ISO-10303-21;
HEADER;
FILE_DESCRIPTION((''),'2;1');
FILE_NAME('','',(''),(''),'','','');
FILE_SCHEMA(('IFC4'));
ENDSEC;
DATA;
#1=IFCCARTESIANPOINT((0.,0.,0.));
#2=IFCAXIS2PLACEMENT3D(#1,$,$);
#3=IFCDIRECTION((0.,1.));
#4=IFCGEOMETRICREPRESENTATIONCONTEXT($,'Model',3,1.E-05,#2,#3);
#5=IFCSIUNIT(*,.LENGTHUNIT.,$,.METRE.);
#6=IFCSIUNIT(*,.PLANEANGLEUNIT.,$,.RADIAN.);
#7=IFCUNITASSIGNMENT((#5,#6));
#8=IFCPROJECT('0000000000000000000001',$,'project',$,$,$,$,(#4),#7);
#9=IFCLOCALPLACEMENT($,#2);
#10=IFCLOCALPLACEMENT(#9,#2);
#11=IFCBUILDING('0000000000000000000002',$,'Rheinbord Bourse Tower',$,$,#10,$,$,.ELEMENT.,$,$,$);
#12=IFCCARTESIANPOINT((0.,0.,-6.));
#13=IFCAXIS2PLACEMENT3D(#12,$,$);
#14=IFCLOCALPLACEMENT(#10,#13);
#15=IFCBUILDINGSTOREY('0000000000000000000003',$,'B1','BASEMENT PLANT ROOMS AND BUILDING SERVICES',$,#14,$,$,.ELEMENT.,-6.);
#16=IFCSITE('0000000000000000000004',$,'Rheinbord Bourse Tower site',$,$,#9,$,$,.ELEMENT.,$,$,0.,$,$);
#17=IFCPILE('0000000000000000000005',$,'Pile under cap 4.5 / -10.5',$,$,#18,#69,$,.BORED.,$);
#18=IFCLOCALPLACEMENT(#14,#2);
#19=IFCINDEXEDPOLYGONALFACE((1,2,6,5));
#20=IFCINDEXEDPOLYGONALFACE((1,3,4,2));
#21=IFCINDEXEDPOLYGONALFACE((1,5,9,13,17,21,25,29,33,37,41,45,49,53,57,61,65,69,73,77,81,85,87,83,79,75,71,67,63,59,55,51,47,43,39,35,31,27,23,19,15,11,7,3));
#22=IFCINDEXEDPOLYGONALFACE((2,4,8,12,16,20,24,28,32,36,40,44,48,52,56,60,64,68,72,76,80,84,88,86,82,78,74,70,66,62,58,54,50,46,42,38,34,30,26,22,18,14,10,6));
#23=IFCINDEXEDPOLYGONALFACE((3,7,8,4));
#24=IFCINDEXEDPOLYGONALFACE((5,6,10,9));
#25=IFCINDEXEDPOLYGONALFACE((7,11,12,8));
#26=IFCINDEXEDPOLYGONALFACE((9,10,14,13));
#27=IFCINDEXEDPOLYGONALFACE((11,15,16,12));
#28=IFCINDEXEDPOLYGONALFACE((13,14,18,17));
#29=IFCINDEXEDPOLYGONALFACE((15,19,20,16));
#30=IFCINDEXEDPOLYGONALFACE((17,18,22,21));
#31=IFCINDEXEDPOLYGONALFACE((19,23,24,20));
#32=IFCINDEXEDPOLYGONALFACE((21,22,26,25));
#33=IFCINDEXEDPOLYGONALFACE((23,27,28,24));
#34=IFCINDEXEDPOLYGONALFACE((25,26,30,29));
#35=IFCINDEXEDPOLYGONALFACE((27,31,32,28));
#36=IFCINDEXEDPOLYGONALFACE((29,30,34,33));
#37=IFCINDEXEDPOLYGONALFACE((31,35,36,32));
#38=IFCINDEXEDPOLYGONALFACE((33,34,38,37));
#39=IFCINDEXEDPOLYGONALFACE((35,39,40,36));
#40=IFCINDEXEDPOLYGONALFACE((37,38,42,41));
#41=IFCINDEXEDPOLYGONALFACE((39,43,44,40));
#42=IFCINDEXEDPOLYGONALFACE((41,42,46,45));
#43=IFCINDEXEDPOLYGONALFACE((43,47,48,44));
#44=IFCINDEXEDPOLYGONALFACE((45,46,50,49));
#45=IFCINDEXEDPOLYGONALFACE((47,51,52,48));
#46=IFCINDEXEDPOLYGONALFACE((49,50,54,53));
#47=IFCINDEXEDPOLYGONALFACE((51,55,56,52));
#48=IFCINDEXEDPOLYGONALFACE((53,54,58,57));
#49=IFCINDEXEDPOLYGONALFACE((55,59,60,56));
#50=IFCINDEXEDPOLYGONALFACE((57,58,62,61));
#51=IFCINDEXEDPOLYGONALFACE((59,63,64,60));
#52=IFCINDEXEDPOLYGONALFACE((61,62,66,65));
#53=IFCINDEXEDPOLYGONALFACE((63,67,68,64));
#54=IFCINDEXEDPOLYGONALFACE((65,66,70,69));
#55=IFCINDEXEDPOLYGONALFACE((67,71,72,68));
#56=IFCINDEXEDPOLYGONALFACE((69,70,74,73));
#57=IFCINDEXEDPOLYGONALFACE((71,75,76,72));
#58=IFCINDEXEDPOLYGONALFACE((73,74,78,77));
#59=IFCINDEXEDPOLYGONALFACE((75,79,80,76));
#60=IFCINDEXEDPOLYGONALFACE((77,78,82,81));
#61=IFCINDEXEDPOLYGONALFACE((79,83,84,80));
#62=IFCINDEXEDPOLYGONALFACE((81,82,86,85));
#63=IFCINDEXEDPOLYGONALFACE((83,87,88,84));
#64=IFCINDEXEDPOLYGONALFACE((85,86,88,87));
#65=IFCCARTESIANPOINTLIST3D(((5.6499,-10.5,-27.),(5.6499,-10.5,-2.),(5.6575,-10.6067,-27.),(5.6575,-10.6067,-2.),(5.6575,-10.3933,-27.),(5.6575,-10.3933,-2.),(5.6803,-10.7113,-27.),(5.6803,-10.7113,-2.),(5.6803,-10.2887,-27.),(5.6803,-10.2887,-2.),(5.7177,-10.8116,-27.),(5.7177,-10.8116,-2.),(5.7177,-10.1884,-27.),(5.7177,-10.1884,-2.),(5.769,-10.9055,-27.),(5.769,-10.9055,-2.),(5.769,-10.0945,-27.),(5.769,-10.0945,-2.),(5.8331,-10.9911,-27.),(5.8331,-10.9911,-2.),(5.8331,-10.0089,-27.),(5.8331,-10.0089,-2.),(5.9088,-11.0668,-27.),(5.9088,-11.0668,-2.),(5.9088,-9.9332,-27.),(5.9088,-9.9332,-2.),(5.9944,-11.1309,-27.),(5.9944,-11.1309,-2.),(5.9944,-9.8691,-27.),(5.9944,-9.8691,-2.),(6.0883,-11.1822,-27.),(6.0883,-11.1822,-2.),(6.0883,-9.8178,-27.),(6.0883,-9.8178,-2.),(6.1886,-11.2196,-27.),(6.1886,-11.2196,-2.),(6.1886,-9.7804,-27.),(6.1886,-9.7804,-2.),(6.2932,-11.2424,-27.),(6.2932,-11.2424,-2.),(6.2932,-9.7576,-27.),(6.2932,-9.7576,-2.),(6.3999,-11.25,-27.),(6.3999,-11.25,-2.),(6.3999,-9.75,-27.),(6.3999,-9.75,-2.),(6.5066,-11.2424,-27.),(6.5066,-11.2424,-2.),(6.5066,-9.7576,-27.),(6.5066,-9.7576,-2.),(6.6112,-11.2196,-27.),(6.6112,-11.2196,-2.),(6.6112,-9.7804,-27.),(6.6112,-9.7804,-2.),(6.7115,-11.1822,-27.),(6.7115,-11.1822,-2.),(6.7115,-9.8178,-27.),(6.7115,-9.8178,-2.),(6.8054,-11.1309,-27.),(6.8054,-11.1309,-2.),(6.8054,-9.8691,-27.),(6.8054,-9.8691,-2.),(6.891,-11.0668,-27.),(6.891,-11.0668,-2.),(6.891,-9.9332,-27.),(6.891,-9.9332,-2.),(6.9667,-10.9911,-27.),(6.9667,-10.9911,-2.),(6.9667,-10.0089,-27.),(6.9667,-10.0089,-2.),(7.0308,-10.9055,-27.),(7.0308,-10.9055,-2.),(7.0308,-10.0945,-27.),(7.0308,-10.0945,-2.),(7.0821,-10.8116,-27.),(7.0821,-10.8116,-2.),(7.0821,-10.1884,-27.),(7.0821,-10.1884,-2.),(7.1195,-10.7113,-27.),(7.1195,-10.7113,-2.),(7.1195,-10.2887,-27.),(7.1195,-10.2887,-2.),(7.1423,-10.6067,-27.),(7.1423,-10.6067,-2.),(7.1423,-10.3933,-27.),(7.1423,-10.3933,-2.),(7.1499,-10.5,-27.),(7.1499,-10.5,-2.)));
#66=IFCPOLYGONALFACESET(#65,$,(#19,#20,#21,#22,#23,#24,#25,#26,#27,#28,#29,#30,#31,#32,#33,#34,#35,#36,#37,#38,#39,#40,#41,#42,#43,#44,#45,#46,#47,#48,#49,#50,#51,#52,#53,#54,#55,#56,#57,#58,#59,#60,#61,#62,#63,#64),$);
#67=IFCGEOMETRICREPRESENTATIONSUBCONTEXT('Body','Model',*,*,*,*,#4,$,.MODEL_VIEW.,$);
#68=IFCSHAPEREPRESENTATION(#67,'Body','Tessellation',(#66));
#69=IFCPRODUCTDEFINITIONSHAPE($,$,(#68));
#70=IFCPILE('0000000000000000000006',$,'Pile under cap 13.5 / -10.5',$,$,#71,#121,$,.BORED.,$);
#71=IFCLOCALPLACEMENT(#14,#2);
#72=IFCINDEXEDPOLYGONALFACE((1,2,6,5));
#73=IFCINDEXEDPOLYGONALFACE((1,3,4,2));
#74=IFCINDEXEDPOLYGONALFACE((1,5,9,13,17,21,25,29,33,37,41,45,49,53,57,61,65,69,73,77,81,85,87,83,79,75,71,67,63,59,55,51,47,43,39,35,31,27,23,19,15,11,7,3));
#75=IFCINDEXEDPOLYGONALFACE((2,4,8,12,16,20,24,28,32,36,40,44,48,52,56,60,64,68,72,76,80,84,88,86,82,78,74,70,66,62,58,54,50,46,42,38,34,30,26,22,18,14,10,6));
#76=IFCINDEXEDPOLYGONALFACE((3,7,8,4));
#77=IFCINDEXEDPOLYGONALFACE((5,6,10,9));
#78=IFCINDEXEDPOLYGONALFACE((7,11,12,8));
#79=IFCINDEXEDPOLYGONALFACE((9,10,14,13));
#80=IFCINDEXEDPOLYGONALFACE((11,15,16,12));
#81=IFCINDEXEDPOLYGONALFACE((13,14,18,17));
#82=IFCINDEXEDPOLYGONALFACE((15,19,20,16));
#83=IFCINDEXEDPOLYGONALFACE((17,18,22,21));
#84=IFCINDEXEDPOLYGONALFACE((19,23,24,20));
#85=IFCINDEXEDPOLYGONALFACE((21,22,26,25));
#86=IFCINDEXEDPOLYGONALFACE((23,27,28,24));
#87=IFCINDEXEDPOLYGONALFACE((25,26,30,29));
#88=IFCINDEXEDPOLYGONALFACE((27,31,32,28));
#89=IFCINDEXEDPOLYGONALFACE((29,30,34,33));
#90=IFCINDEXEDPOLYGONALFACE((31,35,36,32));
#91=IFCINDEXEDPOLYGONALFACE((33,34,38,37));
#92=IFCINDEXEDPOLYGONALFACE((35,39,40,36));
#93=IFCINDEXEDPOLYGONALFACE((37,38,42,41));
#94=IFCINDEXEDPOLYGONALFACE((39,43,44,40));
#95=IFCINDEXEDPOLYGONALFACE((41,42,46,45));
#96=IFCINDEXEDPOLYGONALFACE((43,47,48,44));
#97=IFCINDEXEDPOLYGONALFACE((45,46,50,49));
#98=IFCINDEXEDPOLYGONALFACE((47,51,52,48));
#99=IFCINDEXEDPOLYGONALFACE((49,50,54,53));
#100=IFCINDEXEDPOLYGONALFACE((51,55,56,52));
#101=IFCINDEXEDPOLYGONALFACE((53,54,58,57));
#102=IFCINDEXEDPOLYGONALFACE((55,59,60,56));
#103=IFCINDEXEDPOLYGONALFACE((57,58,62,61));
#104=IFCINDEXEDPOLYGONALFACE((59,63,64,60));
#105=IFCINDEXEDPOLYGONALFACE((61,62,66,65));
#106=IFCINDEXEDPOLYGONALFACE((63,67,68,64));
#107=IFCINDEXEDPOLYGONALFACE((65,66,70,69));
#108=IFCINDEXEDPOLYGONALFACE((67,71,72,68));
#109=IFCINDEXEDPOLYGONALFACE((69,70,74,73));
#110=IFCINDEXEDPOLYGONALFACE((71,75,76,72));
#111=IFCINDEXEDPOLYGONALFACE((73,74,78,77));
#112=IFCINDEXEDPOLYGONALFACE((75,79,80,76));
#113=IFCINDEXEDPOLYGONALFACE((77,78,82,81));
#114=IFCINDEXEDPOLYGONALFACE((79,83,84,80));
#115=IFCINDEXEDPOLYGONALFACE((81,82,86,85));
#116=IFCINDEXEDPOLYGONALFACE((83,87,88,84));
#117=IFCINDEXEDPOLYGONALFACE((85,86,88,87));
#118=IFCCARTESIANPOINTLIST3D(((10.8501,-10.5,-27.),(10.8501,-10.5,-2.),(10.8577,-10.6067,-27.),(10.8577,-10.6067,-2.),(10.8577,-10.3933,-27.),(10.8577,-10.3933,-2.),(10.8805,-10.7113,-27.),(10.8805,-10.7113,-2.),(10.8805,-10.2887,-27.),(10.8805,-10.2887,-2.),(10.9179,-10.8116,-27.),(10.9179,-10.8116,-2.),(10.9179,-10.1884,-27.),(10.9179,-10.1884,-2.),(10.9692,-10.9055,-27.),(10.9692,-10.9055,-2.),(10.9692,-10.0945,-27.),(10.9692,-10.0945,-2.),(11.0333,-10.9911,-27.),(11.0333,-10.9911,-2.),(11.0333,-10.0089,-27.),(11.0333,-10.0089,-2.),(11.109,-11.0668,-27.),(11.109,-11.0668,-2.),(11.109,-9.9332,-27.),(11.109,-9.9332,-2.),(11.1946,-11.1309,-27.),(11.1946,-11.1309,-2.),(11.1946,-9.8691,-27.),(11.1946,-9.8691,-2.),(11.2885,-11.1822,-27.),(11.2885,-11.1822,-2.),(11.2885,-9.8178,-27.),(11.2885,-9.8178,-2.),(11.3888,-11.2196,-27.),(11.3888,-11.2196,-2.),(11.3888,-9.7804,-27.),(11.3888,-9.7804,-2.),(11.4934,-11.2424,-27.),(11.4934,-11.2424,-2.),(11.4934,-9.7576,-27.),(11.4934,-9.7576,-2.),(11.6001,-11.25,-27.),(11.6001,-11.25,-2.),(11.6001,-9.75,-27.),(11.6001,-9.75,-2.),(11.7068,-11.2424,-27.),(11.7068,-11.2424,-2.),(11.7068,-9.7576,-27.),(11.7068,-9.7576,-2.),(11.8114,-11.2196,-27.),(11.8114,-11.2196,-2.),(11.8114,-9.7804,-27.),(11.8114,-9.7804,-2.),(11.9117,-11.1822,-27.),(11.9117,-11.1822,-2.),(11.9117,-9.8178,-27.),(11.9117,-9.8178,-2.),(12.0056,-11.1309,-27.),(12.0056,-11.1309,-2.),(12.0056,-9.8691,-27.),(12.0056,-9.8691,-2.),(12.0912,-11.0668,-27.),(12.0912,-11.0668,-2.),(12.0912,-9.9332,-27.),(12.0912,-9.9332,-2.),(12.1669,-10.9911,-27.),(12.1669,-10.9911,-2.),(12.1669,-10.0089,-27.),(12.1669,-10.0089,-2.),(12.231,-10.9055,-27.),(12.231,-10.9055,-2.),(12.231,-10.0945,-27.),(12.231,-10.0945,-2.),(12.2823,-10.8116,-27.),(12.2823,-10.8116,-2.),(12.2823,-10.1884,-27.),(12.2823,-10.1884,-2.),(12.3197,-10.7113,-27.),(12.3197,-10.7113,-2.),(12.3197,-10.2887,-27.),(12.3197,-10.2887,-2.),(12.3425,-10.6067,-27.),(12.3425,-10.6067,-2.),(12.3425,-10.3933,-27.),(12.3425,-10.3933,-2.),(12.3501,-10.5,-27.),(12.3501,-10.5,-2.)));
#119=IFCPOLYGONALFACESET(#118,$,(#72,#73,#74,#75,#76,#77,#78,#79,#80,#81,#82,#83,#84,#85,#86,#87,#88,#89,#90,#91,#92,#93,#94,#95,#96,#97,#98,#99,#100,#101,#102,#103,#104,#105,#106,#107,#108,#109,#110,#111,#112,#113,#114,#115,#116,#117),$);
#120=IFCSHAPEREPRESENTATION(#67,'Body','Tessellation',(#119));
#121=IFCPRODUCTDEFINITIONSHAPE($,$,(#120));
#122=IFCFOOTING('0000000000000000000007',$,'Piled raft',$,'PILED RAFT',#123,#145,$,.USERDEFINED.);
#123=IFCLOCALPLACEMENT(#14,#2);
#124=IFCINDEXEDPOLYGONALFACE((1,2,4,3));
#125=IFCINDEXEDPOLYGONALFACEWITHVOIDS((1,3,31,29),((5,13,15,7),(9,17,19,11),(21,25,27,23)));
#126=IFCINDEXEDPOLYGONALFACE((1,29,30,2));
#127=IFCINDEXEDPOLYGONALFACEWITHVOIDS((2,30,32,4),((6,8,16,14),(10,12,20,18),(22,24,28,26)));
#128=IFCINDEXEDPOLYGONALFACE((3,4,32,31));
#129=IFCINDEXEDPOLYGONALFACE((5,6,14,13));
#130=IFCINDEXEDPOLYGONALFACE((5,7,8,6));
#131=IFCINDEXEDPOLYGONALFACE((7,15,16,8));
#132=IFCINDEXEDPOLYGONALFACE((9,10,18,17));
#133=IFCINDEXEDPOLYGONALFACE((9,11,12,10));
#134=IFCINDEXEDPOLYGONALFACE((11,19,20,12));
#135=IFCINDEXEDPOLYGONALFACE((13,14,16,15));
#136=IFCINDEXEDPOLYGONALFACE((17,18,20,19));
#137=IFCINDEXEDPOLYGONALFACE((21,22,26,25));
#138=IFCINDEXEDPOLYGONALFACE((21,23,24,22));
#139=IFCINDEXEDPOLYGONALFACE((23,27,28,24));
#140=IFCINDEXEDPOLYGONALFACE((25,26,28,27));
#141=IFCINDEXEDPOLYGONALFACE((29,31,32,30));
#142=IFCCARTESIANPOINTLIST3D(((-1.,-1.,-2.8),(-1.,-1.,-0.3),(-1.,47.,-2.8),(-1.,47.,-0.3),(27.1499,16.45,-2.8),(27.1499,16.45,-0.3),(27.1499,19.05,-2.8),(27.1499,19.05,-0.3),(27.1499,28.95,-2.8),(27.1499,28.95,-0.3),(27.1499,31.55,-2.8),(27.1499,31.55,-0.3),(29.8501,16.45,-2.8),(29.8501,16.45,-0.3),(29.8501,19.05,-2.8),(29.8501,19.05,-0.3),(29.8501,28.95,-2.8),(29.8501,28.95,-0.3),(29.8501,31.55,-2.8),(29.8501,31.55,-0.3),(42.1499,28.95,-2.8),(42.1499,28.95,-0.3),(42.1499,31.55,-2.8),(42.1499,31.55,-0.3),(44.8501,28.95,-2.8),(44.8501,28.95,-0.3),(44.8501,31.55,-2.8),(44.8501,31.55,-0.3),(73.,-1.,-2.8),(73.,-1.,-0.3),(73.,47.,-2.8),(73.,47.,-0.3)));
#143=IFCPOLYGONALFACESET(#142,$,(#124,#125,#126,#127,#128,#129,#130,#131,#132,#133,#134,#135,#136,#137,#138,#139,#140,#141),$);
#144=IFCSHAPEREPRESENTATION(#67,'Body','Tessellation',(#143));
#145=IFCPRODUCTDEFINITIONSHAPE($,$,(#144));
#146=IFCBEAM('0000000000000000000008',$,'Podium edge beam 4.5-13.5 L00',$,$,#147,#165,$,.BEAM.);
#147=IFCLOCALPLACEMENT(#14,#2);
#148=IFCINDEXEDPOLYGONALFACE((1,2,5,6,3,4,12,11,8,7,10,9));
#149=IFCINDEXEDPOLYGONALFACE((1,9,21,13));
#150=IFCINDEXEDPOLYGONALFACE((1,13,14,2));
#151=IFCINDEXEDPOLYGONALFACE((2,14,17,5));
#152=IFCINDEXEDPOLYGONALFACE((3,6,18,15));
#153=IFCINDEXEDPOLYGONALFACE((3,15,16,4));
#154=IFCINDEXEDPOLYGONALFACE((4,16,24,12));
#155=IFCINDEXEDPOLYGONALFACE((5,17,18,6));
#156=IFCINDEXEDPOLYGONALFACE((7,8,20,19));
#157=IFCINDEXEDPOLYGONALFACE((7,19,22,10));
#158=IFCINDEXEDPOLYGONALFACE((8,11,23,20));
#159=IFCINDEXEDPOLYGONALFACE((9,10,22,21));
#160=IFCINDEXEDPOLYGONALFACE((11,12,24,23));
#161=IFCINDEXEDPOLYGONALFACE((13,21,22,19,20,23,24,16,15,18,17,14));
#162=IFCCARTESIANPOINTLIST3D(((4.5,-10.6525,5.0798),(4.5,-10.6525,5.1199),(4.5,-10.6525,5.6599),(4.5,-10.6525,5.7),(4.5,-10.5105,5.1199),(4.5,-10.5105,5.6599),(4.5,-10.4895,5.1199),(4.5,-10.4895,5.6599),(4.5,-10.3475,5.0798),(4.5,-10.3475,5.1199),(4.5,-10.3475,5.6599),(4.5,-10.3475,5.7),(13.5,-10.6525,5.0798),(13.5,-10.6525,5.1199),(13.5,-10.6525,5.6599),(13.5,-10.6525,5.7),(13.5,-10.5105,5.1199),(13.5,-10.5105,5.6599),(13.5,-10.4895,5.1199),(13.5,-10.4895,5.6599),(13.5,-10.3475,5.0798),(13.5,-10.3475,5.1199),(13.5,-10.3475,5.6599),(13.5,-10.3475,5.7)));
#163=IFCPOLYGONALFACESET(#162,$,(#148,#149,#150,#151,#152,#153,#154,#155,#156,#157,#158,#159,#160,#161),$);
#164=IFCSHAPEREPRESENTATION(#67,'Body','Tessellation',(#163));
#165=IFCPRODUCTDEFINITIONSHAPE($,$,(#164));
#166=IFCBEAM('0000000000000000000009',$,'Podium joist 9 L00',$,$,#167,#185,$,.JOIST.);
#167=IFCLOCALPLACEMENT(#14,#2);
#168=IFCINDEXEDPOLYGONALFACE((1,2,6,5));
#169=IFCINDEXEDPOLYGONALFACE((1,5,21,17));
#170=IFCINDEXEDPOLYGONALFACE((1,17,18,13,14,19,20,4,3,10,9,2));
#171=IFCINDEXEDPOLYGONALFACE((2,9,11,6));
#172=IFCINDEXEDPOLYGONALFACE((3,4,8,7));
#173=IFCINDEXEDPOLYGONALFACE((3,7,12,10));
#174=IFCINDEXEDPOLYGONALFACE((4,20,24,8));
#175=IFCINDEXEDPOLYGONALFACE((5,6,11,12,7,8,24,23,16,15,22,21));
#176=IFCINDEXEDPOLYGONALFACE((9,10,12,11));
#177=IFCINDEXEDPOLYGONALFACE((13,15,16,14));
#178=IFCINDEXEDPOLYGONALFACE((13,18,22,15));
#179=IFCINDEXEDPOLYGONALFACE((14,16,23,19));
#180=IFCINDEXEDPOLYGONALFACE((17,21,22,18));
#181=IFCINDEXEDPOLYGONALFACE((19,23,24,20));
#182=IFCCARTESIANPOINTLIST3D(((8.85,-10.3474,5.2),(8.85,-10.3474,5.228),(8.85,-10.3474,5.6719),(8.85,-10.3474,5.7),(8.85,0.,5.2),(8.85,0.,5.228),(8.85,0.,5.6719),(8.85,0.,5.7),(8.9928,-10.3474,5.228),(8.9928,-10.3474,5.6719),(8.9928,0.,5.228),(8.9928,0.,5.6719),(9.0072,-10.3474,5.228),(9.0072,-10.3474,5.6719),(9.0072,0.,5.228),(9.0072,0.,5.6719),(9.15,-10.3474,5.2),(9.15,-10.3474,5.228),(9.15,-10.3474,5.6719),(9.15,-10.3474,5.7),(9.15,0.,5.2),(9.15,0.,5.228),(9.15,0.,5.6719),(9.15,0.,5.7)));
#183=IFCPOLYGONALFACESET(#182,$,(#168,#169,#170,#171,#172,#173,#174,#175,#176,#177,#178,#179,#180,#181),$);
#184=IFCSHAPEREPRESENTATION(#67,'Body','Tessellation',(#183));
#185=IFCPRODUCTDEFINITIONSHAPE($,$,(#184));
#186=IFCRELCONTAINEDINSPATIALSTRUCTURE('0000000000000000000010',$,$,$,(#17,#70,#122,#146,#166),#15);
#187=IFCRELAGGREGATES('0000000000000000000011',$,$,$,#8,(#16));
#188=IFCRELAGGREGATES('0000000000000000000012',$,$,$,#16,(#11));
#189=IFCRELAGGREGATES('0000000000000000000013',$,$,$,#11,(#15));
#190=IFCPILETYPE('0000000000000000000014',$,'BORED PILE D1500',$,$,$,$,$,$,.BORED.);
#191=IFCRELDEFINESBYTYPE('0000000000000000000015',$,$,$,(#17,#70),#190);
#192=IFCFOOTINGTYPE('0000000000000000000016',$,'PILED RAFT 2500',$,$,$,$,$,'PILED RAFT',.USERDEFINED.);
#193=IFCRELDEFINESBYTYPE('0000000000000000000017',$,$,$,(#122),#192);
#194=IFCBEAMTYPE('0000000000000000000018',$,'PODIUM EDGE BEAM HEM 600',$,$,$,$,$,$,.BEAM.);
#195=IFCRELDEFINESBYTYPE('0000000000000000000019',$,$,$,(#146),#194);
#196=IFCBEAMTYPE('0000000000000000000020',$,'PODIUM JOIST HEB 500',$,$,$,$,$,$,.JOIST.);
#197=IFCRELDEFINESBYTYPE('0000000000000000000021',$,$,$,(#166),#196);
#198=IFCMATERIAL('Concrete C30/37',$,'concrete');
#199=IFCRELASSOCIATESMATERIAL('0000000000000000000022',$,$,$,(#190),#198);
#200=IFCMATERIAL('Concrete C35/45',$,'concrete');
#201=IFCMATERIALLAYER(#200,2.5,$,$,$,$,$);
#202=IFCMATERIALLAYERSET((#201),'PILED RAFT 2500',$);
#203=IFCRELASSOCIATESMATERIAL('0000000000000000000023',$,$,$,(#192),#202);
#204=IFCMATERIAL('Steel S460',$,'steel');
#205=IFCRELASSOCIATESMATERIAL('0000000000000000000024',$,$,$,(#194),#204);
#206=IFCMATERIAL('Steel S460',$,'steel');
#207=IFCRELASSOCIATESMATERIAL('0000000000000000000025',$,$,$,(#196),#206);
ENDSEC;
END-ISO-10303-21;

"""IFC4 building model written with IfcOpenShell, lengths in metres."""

from ifc_helpers import new_model, si_unit, direction, frame, origin, origin_2d, place, context, subcontext, project, spatial, polyline, circle, i_section, outline, extrude, material, layer, layer_set, material_profile, profile_set, type_object, element, save


model = new_model("IFC4")

# Units and contexts
model_context = context("Model", 3, precision=1e-05, world=origin(), true_north=direction((0.0, 1.0)))
body_context = subcontext(model_context, "Body", "Model", "MODEL_VIEW")
ifc_project = project(units=[si_unit("LENGTHUNIT", "METRE"), si_unit("PLANEANGLEUNIT", "RADIAN")], contexts=[model_context])

# Site, building, storey
site_placement = place(None, origin())
site = spatial("IfcSite", under=ifc_project, at=site_placement, Name="Rheinbord Bourse Tower site", CompositionType="ELEMENT", RefElevation=0.0)
building_placement = place(site_placement, origin())
building = spatial("IfcBuilding", under=site, at=building_placement, Name="Rheinbord Bourse Tower", CompositionType="ELEMENT")
storey_placement = place(building_placement, frame((0.0, 0.0, -6.0)))
storey = spatial("IfcBuildingStorey", under=building, at=storey_placement, Name="B1", Description="BASEMENT PLANT ROOMS AND BUILDING SERVICES", CompositionType="ELEMENT", Elevation=-6.0)

# Piles
ifc_material_1 = material(Name="Concrete C30/37", Category="concrete")
ifc_material_profile_1 = material_profile(ifc_material_1, circle(Radius=0.75, at=origin_2d()), Name="D1500")
ifc_profile_set_1 = profile_set([ifc_material_profile_1], Name="Concrete C30/37")
pile_type = type_object("IfcPileType", Name="BORED PILE D1500", PredefinedType="BORED", material=ifc_profile_set_1)
for number, where, z_axis, x_axis, name in (
    (1, (6.3999, -10.5, -2.0), (0.0, 0.0, -1.0), (1.0, 0.0, 0.0), "Pile under cap 4.5 / -10.5"),
    (2, (11.6001, -10.5, -2.0), (0.0, 0.0, -1.0), (1.0, 0.0, 0.0), "Pile under cap 13.5 / -10.5"),
):
    element("IfcPile", number, at=place(storey_placement, frame(where, z_axis=z_axis, x_axis=x_axis)), inside=storey, type_object=pile_type, Name=name, PredefinedType="BORED", context=body_context, shape_type="SweptSolid", body=[
        extrude(circle(Radius=0.75, at=origin_2d()), origin(), (0.0, 0.0, 1.0), 25.0),
    ])

# Footing
ifc_material_2 = material(Name="Concrete C35/45", Category="concrete")
ifc_layer_1 = layer(ifc_material_2, 2.5)
ifc_layer_set_1 = layer_set([ifc_layer_1], Name="PILED RAFT 2500")
footing_type = type_object("IfcFootingType", Name="PILED RAFT 2500", ElementType="PILED RAFT", PredefinedType="USERDEFINED", material=ifc_layer_set_1)
footing_placement = place(storey_placement, frame((0.0, 0.0, -2.8)))
element("IfcFooting", 3, at=footing_placement, inside=storey, type_object=footing_type, Name="Piled raft", ObjectType="PILED RAFT", PredefinedType="USERDEFINED", context=body_context, shape_type="SweptSolid", body=[
    extrude(outline(polyline([(-1.0, -1.0), (73.0, -1.0), (73.0, 47.0), (-1.0, 47.0), (-1.0, -1.0)]), holes=[polyline([(27.1499, 16.45), (29.8501, 16.45), (29.8501, 19.05), (27.1499, 19.05), (27.1499, 16.45)]), polyline([(42.1499, 28.95), (44.8501, 28.95), (44.8501, 31.55), (42.1499, 31.55), (42.1499, 28.95)]), polyline([(27.1499, 28.95), (29.8501, 28.95), (29.8501, 31.55), (27.1499, 31.55), (27.1499, 28.95)])]), origin(), (0.0, 0.0, 1.0), 2.5),
])

# Beams
ifc_material_3 = material(Name="Steel S460", Category="steel")
ifc_material_profile_2 = material_profile(ifc_material_3, i_section(OverallWidth=0.3049, OverallDepth=0.6201, WebThickness=0.021, FlangeThickness=0.04, at=origin_2d()), Name="HEM 600")
ifc_profile_set_2 = profile_set([ifc_material_profile_2], Name="Steel S460")
beam_type_1 = type_object("IfcBeamType", Name="PODIUM EDGE BEAM HEM 600", PredefinedType="BEAM", material=ifc_profile_set_2)
beam_1_placement = place(storey_placement, frame((4.5, -10.5, 5.3899), z_axis=(1.0, 0.0, 0.0), x_axis=(0.0, 1.0, 0.0)))
element("IfcBeam", 4, at=beam_1_placement, inside=storey, type_object=beam_type_1, Name="Podium edge beam 4.5-13.5 L00", PredefinedType="BEAM", context=body_context, shape_type="SweptSolid", body=[
    extrude(i_section(OverallWidth=0.3049, OverallDepth=0.6201, WebThickness=0.021, FlangeThickness=0.04, at=origin_2d()), origin(), (0.0, 0.0, 1.0), 9.0),
])
ifc_material_4 = material(Name="Steel S460", Category="steel")
ifc_material_profile_3 = material_profile(ifc_material_4, i_section(OverallWidth=0.3, OverallDepth=0.5, WebThickness=0.0144, FlangeThickness=0.0281, at=origin_2d()), Name="HEB 500")
ifc_profile_set_3 = profile_set([ifc_material_profile_3], Name="Steel S460")
beam_type_2 = type_object("IfcBeamType", Name="PODIUM JOIST HEB 500", PredefinedType="JOIST", material=ifc_profile_set_3)
beam_2_placement = place(storey_placement, frame((9.0, -10.3474, 5.45), z_axis=(0.0, 1.0, 0.0), x_axis=(-1.0, 0.0, 0.0)))
element("IfcBeam", 5, at=beam_2_placement, inside=storey, type_object=beam_type_2, Name="Podium joist 9 L00", PredefinedType="JOIST", context=body_context, shape_type="SweptSolid", body=[
    extrude(i_section(OverallWidth=0.3, OverallDepth=0.5, WebThickness=0.0144, FlangeThickness=0.0281, at=origin_2d()), origin(), (0.0, 0.0, 1.0), 10.3474),
])

save(model, "model.ifc")
